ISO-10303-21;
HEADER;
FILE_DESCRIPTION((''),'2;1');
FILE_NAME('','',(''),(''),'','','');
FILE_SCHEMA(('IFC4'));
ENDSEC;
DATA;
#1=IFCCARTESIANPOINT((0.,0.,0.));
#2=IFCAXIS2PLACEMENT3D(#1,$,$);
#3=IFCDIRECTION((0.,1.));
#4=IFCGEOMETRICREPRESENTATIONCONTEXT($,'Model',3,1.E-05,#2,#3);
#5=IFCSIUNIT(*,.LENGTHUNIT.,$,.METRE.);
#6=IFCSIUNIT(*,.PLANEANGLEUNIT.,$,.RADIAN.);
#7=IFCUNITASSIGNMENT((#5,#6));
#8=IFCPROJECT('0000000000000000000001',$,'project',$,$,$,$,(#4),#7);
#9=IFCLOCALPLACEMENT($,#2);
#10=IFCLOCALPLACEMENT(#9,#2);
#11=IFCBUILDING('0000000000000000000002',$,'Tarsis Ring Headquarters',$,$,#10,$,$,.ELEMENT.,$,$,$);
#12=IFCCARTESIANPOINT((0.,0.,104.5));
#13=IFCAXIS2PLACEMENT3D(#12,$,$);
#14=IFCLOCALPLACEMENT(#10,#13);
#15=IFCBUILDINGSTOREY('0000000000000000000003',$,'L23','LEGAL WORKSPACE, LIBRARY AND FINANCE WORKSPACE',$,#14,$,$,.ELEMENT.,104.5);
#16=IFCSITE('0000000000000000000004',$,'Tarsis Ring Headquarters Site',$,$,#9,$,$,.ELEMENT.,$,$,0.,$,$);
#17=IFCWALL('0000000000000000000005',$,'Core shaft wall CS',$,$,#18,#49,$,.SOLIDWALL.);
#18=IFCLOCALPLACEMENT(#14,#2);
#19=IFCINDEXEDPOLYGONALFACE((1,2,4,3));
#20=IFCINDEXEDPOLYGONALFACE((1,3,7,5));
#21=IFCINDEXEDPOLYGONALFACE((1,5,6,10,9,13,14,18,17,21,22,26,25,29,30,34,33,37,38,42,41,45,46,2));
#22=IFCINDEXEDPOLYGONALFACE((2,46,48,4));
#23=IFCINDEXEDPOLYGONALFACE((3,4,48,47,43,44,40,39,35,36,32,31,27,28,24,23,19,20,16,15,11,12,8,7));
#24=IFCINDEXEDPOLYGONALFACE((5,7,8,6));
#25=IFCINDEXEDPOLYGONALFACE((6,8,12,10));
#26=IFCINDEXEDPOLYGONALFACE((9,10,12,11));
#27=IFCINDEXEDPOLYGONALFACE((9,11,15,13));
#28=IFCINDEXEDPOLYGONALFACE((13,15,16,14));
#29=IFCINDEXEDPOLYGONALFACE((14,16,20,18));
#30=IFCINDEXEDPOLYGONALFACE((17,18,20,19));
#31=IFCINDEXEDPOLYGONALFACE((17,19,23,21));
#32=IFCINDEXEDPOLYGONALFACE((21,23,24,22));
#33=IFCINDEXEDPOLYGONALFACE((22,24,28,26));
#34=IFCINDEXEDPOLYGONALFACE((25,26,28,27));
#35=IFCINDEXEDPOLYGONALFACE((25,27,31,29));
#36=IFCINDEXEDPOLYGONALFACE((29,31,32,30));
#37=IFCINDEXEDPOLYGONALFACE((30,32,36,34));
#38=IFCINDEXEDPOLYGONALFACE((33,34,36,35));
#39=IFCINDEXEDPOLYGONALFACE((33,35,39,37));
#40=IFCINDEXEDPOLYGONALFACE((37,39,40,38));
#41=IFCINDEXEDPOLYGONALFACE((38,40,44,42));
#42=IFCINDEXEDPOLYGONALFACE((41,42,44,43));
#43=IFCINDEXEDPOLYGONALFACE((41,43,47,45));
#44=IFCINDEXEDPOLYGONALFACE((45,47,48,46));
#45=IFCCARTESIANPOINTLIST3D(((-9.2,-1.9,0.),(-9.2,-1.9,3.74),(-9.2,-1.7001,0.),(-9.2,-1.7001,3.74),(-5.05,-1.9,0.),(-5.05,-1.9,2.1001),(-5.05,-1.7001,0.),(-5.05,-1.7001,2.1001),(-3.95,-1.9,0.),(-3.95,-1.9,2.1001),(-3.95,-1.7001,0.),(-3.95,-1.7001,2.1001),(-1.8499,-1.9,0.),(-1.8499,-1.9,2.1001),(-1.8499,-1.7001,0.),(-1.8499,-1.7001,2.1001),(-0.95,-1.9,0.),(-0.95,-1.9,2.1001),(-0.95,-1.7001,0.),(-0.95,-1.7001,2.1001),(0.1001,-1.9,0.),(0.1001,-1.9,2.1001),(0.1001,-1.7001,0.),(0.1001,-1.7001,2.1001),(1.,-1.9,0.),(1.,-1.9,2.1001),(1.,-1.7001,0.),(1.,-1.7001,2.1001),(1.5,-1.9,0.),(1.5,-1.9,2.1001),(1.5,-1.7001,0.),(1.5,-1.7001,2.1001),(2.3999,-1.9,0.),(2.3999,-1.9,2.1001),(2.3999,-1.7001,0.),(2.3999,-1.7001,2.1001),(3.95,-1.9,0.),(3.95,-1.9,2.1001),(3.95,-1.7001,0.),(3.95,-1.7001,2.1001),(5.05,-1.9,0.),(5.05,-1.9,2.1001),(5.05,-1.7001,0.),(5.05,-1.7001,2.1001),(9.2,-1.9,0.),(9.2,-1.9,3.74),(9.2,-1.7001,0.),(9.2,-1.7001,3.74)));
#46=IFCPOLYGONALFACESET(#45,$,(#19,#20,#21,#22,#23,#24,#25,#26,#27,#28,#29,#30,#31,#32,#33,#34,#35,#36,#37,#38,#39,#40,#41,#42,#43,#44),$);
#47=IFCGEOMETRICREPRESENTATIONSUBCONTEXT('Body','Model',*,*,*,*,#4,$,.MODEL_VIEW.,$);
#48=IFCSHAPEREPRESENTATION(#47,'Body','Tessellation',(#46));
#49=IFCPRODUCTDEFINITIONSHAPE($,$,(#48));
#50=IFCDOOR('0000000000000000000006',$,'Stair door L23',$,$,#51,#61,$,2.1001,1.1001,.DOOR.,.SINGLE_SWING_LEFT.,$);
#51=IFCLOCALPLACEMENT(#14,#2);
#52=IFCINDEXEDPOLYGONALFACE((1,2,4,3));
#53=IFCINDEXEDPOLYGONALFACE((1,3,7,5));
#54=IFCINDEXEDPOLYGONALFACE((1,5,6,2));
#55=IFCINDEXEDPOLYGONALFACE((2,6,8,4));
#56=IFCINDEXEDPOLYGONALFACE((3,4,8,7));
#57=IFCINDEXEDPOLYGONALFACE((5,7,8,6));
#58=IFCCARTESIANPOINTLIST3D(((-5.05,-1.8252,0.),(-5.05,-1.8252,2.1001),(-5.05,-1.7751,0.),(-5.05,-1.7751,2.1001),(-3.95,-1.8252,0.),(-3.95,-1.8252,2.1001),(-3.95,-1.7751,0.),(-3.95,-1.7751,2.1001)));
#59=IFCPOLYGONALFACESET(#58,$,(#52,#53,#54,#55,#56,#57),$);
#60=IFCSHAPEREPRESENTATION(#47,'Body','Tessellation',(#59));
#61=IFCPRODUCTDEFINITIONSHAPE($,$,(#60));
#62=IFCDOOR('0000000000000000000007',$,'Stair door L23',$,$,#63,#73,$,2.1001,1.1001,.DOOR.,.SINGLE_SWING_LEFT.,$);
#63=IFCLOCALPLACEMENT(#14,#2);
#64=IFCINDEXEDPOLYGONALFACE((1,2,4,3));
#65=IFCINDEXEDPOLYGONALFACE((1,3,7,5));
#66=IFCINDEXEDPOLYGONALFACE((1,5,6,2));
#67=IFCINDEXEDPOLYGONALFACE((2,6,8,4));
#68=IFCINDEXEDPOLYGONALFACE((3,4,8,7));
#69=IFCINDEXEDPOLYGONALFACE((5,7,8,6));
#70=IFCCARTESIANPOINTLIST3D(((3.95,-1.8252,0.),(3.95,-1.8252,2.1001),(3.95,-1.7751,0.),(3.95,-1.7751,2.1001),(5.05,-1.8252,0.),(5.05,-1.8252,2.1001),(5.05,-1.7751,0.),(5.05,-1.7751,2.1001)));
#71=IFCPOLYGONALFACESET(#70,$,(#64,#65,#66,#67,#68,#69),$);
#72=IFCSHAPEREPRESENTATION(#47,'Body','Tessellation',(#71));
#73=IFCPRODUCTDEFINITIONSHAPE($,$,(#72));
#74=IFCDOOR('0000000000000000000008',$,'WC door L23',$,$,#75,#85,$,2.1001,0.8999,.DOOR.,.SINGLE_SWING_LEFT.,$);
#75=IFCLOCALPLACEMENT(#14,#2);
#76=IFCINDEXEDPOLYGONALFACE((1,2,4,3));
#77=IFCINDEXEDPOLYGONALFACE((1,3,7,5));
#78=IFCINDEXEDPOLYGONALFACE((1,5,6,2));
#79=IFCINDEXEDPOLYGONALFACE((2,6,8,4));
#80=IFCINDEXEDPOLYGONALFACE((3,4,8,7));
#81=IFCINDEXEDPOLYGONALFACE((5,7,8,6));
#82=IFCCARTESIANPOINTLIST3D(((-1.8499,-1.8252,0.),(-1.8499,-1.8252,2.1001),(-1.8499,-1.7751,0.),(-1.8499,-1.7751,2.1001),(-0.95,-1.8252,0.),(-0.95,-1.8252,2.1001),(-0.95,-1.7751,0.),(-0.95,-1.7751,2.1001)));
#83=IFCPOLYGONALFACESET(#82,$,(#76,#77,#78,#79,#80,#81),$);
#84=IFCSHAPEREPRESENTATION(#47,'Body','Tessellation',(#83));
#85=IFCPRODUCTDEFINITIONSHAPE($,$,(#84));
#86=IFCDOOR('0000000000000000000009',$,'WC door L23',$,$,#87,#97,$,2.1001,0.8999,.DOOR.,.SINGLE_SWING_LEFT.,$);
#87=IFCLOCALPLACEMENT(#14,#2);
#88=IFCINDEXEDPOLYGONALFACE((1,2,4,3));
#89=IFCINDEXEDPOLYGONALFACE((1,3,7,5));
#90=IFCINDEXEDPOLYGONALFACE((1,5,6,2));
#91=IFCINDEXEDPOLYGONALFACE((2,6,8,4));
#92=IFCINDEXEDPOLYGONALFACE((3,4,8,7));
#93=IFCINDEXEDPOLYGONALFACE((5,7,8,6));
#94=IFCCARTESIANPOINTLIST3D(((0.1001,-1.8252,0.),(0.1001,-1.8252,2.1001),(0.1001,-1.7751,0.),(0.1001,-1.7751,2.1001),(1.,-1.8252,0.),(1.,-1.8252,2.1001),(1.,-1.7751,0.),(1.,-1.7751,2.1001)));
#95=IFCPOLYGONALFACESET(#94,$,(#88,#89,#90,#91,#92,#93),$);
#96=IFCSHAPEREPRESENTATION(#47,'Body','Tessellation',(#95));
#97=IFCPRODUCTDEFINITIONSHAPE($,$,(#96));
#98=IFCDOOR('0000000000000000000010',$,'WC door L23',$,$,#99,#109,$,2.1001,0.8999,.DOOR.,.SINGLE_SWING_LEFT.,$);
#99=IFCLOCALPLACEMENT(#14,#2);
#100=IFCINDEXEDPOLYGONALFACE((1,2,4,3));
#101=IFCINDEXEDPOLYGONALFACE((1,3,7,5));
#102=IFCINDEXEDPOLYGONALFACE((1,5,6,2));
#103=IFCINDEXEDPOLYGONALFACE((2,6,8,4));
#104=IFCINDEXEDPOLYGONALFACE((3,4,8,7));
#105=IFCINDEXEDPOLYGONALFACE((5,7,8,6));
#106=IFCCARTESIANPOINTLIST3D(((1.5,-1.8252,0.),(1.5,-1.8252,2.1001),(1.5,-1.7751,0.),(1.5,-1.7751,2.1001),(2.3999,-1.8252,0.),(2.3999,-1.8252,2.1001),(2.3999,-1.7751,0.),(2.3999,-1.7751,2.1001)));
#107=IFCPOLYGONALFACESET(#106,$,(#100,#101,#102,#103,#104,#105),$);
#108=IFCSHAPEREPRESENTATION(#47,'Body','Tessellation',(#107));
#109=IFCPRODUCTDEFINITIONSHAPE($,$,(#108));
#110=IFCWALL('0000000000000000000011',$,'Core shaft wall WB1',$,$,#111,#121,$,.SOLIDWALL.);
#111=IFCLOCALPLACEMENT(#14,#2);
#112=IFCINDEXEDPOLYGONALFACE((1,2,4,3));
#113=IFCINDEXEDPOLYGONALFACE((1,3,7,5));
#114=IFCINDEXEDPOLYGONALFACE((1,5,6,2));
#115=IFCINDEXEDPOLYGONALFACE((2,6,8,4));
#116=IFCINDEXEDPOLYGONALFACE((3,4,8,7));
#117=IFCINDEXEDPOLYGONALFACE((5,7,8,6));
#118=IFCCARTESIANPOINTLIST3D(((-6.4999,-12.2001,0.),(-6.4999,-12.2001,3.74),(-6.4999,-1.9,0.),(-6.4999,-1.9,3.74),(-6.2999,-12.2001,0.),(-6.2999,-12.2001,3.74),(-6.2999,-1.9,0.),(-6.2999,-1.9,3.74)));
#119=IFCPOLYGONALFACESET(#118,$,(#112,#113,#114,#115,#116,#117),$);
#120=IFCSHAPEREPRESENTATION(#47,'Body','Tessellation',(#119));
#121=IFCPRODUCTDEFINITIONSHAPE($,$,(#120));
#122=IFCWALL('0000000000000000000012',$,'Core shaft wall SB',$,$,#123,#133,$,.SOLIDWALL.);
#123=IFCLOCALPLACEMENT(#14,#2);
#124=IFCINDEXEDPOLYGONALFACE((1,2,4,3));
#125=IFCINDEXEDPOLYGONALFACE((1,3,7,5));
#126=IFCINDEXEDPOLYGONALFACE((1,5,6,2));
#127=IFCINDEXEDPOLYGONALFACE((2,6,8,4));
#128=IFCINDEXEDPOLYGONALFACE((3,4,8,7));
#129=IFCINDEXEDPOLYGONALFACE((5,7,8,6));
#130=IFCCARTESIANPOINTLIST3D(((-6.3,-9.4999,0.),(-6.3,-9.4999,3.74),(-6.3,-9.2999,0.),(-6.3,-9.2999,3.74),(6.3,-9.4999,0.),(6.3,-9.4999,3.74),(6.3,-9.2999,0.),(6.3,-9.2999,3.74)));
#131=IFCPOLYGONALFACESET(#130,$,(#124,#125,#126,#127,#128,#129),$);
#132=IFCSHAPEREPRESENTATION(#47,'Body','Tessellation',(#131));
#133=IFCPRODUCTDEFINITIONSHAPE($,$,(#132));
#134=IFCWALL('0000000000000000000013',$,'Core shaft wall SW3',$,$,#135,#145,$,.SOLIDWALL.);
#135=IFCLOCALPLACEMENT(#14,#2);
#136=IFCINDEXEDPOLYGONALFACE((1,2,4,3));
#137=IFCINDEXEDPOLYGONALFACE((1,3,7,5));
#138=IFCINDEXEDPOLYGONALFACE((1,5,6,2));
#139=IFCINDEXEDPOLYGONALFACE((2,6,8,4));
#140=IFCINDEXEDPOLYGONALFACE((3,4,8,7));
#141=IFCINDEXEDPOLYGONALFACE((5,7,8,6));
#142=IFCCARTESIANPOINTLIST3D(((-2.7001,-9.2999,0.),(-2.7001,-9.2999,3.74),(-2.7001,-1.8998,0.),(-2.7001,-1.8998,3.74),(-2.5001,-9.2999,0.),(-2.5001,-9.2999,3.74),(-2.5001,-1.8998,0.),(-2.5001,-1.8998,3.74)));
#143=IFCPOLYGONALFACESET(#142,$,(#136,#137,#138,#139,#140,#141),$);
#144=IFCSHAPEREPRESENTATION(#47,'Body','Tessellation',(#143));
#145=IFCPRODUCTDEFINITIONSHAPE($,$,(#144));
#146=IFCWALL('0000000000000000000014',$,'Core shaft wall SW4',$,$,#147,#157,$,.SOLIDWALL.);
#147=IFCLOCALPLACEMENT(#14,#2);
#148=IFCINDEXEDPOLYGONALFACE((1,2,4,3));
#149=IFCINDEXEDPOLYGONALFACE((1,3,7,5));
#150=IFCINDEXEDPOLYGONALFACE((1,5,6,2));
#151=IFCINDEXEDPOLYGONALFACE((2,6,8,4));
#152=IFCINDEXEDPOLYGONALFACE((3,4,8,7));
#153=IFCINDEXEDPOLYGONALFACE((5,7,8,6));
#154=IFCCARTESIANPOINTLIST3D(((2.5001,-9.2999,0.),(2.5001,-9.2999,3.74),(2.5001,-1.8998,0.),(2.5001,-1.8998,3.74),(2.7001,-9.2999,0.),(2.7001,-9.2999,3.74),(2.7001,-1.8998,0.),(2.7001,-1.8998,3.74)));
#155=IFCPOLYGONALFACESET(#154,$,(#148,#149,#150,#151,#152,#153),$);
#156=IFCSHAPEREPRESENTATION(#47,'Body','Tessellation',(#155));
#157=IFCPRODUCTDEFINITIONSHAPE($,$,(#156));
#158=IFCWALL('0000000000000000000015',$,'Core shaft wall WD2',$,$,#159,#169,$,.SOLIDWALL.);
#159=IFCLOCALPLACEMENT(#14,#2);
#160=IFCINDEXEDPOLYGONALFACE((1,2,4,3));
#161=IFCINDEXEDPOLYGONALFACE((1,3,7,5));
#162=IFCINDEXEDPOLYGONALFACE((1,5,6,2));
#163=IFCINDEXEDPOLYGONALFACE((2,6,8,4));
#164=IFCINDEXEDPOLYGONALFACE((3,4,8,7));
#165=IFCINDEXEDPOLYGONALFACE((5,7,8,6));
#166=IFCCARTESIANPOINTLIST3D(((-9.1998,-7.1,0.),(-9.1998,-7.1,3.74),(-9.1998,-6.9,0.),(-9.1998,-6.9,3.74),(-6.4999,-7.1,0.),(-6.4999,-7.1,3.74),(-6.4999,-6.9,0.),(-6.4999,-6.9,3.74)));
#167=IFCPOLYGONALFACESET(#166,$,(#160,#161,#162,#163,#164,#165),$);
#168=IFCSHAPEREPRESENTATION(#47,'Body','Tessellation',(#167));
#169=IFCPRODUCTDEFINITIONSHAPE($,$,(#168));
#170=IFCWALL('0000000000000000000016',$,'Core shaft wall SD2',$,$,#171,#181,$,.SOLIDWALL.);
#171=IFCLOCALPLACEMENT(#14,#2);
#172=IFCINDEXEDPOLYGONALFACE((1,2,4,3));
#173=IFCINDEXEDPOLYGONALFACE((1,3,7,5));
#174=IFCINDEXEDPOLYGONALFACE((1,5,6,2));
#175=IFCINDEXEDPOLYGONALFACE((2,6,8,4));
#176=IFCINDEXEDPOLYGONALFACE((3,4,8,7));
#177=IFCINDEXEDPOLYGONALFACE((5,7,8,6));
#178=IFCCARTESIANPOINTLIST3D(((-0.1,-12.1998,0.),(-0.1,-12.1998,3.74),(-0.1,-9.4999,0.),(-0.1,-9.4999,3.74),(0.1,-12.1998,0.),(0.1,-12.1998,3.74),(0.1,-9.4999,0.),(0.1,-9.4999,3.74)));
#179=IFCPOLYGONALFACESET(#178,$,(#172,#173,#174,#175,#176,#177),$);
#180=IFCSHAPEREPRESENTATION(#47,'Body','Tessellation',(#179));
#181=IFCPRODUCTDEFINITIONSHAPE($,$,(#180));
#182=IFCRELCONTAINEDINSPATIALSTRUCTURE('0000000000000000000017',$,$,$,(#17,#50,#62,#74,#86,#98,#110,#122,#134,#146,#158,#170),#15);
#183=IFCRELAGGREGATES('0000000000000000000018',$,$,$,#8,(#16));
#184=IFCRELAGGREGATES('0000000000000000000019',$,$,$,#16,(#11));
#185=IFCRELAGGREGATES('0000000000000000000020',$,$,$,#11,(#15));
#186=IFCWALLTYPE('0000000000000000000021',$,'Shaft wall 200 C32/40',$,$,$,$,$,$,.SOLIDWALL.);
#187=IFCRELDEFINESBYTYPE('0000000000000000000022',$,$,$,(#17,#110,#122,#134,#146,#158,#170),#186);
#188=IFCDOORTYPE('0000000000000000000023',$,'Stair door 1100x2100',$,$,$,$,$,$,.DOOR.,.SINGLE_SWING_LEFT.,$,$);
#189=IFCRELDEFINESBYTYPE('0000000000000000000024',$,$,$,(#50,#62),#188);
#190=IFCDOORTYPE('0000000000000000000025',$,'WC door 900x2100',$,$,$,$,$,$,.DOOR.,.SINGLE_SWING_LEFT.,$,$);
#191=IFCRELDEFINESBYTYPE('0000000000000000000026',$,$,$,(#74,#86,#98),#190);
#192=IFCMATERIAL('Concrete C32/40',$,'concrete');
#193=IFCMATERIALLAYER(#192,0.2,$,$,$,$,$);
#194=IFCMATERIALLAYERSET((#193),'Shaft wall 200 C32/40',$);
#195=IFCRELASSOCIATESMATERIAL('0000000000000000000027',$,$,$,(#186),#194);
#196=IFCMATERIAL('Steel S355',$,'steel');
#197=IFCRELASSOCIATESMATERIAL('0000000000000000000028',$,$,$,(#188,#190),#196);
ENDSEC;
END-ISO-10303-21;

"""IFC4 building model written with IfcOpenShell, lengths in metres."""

from ifc_helpers import new_model, si_unit, direction, frame, frame_2d, origin, place, context, subcontext, project, spatial, rectangle, extrude, material, layer, layer_set, type_object, element, fill, save


model = new_model("IFC4")

# Units and contexts
model_context = context("Model", 3, precision=1e-05, world=origin(), true_north=direction((0.0, 1.0)))
body_context = subcontext(model_context, "Body", "Model", "MODEL_VIEW")
ifc_project = project(units=[si_unit("LENGTHUNIT", "METRE"), si_unit("PLANEANGLEUNIT", "RADIAN")], contexts=[model_context])

# Site, building, storey
site_placement = place(None, origin())
site = spatial("IfcSite", under=ifc_project, at=site_placement, Name="Tarsis Ring Headquarters Site", CompositionType="ELEMENT", RefElevation=0.0)
building_placement = place(site_placement, origin())
building = spatial("IfcBuilding", under=site, at=building_placement, Name="Tarsis Ring Headquarters", CompositionType="ELEMENT")
storey_placement = place(building_placement, frame((0.0, 0.0, 104.5)))
storey = spatial("IfcBuildingStorey", under=building, at=storey_placement, Name="L23", Description="LEGAL WORKSPACE, LIBRARY AND FINANCE WORKSPACE", CompositionType="ELEMENT", Elevation=104.5)

# Shared definitions
ifc_material_1 = material(Name="Concrete C32/40", Category="concrete")

# Wall, openings, doors
ifc_layer_1 = layer(ifc_material_1, 0.2)
ifc_layer_set_1 = layer_set([ifc_layer_1], Name="Shaft wall 200 C32/40")
wall_type_1 = type_object("IfcWallType", Name="Shaft wall 200 C32/40", PredefinedType="SOLIDWALL", material=ifc_layer_set_1)
wall_1_placement = place(storey_placement, frame((-9.2, -1.8, 0.0), z_axis=(0.0, 0.0, 1.0), x_axis=(1.0, 0.0, 0.0)))
wall_1 = element("IfcWall", 1, at=wall_1_placement, inside=storey, type_object=wall_type_1, Name="Core shaft wall CS", PredefinedType="SOLIDWALL", context=body_context, shape_type="SweptSolid", body=[
    extrude(rectangle(XDim=18.3999, YDim=0.2, at=frame_2d((9.2, 0.0))), origin(), (0.0, 0.0, 1.0), 3.74),
])
opening_1_placement = place(wall_1_placement, frame((4.1499, 0.0, 0.0)))
opening_1 = element("IfcOpeningElement", 2, at=opening_1_placement, cuts=wall_1, PredefinedType="OPENING", context=body_context, shape_type="SweptSolid", body=[
    extrude(rectangle(XDim=1.1001, YDim=2.1001, at=frame_2d((0.55, 1.05))), frame((0.0, 0.1099, 0.0), z_axis=(0.0, -1.0, 0.0), x_axis=(1.0, 0.0, 0.0)), (0.0, 0.0, 1.0), 0.22),
])
opening_2_placement = place(wall_1_placement, frame((7.3501, 0.0, 0.0)))
opening_2 = element("IfcOpeningElement", 3, at=opening_2_placement, cuts=wall_1, PredefinedType="OPENING", context=body_context, shape_type="SweptSolid", body=[
    extrude(rectangle(XDim=0.8999, YDim=2.1001, at=frame_2d((0.45, 1.05))), frame((0.0, 0.1099, 0.0), z_axis=(0.0, -1.0, 0.0), x_axis=(1.0, 0.0, 0.0)), (0.0, 0.0, 1.0), 0.22),
])
opening_3_placement = place(wall_1_placement, frame((9.3, 0.0, 0.0)))
opening_3 = element("IfcOpeningElement", 4, at=opening_3_placement, cuts=wall_1, PredefinedType="OPENING", context=body_context, shape_type="SweptSolid", body=[
    extrude(rectangle(XDim=0.8999, YDim=2.1001, at=frame_2d((0.45, 1.05))), frame((0.0, 0.1099, 0.0), z_axis=(0.0, -1.0, 0.0), x_axis=(1.0, 0.0, 0.0)), (0.0, 0.0, 1.0), 0.22),
])
opening_4_placement = place(wall_1_placement, frame((10.7, 0.0, 0.0)))
opening_4 = element("IfcOpeningElement", 5, at=opening_4_placement, cuts=wall_1, PredefinedType="OPENING", context=body_context, shape_type="SweptSolid", body=[
    extrude(rectangle(XDim=0.8999, YDim=2.1001, at=frame_2d((0.45, 1.05))), frame((0.0, 0.1099, 0.0), z_axis=(0.0, -1.0, 0.0), x_axis=(1.0, 0.0, 0.0)), (0.0, 0.0, 1.0), 0.22),
])
opening_5_placement = place(wall_1_placement, frame((13.1499, 0.0, 0.0)))
opening_5 = element("IfcOpeningElement", 6, at=opening_5_placement, cuts=wall_1, PredefinedType="OPENING", context=body_context, shape_type="SweptSolid", body=[
    extrude(rectangle(XDim=1.1001, YDim=2.1001, at=frame_2d((0.55, 1.05))), frame((0.0, 0.1099, 0.0), z_axis=(0.0, -1.0, 0.0), x_axis=(1.0, 0.0, 0.0)), (0.0, 0.0, 1.0), 0.22),
])
ifc_material_2 = material(Name="Steel S355", Category="steel")
door_type_1 = type_object("IfcDoorType", Name="Stair door 1100x2100", OperationType="SINGLE_SWING_LEFT", PredefinedType="DOOR", material=ifc_material_2)
door_1_placement = place(opening_1_placement, origin())
door_1 = element("IfcDoor", 7, at=door_1_placement, inside=storey, type_object=door_type_1, Name="Stair door L23", OperationType="SINGLE_SWING_LEFT", OverallHeight=2.1001, OverallWidth=1.1001, PredefinedType="DOOR", context=body_context, shape_type="SweptSolid", body=[
    extrude(rectangle(XDim=1.1001, YDim=2.1001, at=frame_2d((0.55, 1.05))), frame((0.0, 0.0249, 0.0), z_axis=(0.0, -1.0, 0.0), x_axis=(1.0, 0.0, 0.0)), (0.0, 0.0, 1.0), 0.05),
])
fill(opening_1, door_1)
door_2_placement = place(opening_5_placement, origin())
door_2 = element("IfcDoor", 8, at=door_2_placement, inside=storey, type_object=door_type_1, Name="Stair door L23", OperationType="SINGLE_SWING_LEFT", OverallHeight=2.1001, OverallWidth=1.1001, PredefinedType="DOOR", context=body_context, shape_type="SweptSolid", body=[
    extrude(rectangle(XDim=1.1001, YDim=2.1001, at=frame_2d((0.55, 1.05))), frame((0.0, 0.0249, 0.0), z_axis=(0.0, -1.0, 0.0), x_axis=(1.0, 0.0, 0.0)), (0.0, 0.0, 1.0), 0.05),
])
fill(opening_5, door_2)
door_type_2 = type_object("IfcDoorType", Name="WC door 900x2100", OperationType="SINGLE_SWING_LEFT", PredefinedType="DOOR", material=ifc_material_2)
door_3_placement = place(opening_2_placement, origin())
door_3 = element("IfcDoor", 9, at=door_3_placement, inside=storey, type_object=door_type_2, Name="WC door L23", OperationType="SINGLE_SWING_LEFT", OverallHeight=2.1001, OverallWidth=0.8999, PredefinedType="DOOR", context=body_context, shape_type="SweptSolid", body=[
    extrude(rectangle(XDim=0.8999, YDim=2.1001, at=frame_2d((0.45, 1.05))), frame((0.0, 0.0249, 0.0), z_axis=(0.0, -1.0, 0.0), x_axis=(1.0, 0.0, 0.0)), (0.0, 0.0, 1.0), 0.05),
])
fill(opening_2, door_3)
door_4_placement = place(opening_3_placement, origin())
door_4 = element("IfcDoor", 10, at=door_4_placement, inside=storey, type_object=door_type_2, Name="WC door L23", OperationType="SINGLE_SWING_LEFT", OverallHeight=2.1001, OverallWidth=0.8999, PredefinedType="DOOR", context=body_context, shape_type="SweptSolid", body=[
    extrude(rectangle(XDim=0.8999, YDim=2.1001, at=frame_2d((0.45, 1.05))), frame((0.0, 0.0249, 0.0), z_axis=(0.0, -1.0, 0.0), x_axis=(1.0, 0.0, 0.0)), (0.0, 0.0, 1.0), 0.05),
])
fill(opening_3, door_4)
door_5_placement = place(opening_4_placement, origin())
door_5 = element("IfcDoor", 11, at=door_5_placement, inside=storey, type_object=door_type_2, Name="WC door L23", OperationType="SINGLE_SWING_LEFT", OverallHeight=2.1001, OverallWidth=0.8999, PredefinedType="DOOR", context=body_context, shape_type="SweptSolid", body=[
    extrude(rectangle(XDim=0.8999, YDim=2.1001, at=frame_2d((0.45, 1.05))), frame((0.0, 0.0249, 0.0), z_axis=(0.0, -1.0, 0.0), x_axis=(1.0, 0.0, 0.0)), (0.0, 0.0, 1.0), 0.05),
])
fill(opening_4, door_5)

# Walls
wall_2_placement = place(storey_placement, frame((-6.3999, -12.2, 0.0), z_axis=(0.0, 0.0, 1.0), x_axis=(0.0, 1.0, 0.0)))
element("IfcWall", 12, at=wall_2_placement, inside=storey, type_object=wall_type_1, Name="Core shaft wall WB1", PredefinedType="SOLIDWALL", context=body_context, shape_type="SweptSolid", body=[
    extrude(rectangle(XDim=10.3, YDim=0.2, at=frame_2d((5.1499, 0.0))), origin(), (0.0, 0.0, 1.0), 3.74),
])
wall_3_placement = place(storey_placement, frame((-6.3, -9.3999, 0.0), z_axis=(0.0, 0.0, 1.0), x_axis=(1.0, 0.0, 0.0)))
element("IfcWall", 13, at=wall_3_placement, inside=storey, type_object=wall_type_1, Name="Core shaft wall SB", PredefinedType="SOLIDWALL", context=body_context, shape_type="SweptSolid", body=[
    extrude(rectangle(XDim=12.6001, YDim=0.2, at=frame_2d((6.3, 0.0))), origin(), (0.0, 0.0, 1.0), 3.74),
])
for number, where, z_axis, x_axis, name in (
    (14, (-2.6001, -9.3, 0.0), (0.0, 0.0, 1.0), (0.0, 1.0, 0.0), "Core shaft wall SW3"),
    (15, (2.6001, -9.3, 0.0), (0.0, 0.0, 1.0), (0.0, 1.0, 0.0), "Core shaft wall SW4"),
):
    element("IfcWall", number, at=place(storey_placement, frame(where, z_axis=z_axis, x_axis=x_axis)), inside=storey, type_object=wall_type_1, Name=name, PredefinedType="SOLIDWALL", context=body_context, shape_type="SweptSolid", body=[
        extrude(rectangle(XDim=7.4001, YDim=0.2, at=frame_2d((3.7002, 0.0))), origin(), (0.0, 0.0, 1.0), 3.74),
    ])
for number, where, z_axis, x_axis, name in (
    (16, (-9.2, -7.0, 0.0), (0.0, 0.0, 1.0), (1.0, 0.0, 0.0), "Core shaft wall WD2"),
    (17, (0.0, -12.2, 0.0), (0.0, 0.0, 1.0), (0.0, 1.0, 0.0), "Core shaft wall SD2"),
):
    element("IfcWall", number, at=place(storey_placement, frame(where, z_axis=z_axis, x_axis=x_axis)), inside=storey, type_object=wall_type_1, Name=name, PredefinedType="SOLIDWALL", context=body_context, shape_type="SweptSolid", body=[
        extrude(rectangle(XDim=2.7, YDim=0.2, at=frame_2d((1.3501, 0.0))), origin(), (0.0, 0.0, 1.0), 3.74),
    ])

save(model, "model.ifc")
